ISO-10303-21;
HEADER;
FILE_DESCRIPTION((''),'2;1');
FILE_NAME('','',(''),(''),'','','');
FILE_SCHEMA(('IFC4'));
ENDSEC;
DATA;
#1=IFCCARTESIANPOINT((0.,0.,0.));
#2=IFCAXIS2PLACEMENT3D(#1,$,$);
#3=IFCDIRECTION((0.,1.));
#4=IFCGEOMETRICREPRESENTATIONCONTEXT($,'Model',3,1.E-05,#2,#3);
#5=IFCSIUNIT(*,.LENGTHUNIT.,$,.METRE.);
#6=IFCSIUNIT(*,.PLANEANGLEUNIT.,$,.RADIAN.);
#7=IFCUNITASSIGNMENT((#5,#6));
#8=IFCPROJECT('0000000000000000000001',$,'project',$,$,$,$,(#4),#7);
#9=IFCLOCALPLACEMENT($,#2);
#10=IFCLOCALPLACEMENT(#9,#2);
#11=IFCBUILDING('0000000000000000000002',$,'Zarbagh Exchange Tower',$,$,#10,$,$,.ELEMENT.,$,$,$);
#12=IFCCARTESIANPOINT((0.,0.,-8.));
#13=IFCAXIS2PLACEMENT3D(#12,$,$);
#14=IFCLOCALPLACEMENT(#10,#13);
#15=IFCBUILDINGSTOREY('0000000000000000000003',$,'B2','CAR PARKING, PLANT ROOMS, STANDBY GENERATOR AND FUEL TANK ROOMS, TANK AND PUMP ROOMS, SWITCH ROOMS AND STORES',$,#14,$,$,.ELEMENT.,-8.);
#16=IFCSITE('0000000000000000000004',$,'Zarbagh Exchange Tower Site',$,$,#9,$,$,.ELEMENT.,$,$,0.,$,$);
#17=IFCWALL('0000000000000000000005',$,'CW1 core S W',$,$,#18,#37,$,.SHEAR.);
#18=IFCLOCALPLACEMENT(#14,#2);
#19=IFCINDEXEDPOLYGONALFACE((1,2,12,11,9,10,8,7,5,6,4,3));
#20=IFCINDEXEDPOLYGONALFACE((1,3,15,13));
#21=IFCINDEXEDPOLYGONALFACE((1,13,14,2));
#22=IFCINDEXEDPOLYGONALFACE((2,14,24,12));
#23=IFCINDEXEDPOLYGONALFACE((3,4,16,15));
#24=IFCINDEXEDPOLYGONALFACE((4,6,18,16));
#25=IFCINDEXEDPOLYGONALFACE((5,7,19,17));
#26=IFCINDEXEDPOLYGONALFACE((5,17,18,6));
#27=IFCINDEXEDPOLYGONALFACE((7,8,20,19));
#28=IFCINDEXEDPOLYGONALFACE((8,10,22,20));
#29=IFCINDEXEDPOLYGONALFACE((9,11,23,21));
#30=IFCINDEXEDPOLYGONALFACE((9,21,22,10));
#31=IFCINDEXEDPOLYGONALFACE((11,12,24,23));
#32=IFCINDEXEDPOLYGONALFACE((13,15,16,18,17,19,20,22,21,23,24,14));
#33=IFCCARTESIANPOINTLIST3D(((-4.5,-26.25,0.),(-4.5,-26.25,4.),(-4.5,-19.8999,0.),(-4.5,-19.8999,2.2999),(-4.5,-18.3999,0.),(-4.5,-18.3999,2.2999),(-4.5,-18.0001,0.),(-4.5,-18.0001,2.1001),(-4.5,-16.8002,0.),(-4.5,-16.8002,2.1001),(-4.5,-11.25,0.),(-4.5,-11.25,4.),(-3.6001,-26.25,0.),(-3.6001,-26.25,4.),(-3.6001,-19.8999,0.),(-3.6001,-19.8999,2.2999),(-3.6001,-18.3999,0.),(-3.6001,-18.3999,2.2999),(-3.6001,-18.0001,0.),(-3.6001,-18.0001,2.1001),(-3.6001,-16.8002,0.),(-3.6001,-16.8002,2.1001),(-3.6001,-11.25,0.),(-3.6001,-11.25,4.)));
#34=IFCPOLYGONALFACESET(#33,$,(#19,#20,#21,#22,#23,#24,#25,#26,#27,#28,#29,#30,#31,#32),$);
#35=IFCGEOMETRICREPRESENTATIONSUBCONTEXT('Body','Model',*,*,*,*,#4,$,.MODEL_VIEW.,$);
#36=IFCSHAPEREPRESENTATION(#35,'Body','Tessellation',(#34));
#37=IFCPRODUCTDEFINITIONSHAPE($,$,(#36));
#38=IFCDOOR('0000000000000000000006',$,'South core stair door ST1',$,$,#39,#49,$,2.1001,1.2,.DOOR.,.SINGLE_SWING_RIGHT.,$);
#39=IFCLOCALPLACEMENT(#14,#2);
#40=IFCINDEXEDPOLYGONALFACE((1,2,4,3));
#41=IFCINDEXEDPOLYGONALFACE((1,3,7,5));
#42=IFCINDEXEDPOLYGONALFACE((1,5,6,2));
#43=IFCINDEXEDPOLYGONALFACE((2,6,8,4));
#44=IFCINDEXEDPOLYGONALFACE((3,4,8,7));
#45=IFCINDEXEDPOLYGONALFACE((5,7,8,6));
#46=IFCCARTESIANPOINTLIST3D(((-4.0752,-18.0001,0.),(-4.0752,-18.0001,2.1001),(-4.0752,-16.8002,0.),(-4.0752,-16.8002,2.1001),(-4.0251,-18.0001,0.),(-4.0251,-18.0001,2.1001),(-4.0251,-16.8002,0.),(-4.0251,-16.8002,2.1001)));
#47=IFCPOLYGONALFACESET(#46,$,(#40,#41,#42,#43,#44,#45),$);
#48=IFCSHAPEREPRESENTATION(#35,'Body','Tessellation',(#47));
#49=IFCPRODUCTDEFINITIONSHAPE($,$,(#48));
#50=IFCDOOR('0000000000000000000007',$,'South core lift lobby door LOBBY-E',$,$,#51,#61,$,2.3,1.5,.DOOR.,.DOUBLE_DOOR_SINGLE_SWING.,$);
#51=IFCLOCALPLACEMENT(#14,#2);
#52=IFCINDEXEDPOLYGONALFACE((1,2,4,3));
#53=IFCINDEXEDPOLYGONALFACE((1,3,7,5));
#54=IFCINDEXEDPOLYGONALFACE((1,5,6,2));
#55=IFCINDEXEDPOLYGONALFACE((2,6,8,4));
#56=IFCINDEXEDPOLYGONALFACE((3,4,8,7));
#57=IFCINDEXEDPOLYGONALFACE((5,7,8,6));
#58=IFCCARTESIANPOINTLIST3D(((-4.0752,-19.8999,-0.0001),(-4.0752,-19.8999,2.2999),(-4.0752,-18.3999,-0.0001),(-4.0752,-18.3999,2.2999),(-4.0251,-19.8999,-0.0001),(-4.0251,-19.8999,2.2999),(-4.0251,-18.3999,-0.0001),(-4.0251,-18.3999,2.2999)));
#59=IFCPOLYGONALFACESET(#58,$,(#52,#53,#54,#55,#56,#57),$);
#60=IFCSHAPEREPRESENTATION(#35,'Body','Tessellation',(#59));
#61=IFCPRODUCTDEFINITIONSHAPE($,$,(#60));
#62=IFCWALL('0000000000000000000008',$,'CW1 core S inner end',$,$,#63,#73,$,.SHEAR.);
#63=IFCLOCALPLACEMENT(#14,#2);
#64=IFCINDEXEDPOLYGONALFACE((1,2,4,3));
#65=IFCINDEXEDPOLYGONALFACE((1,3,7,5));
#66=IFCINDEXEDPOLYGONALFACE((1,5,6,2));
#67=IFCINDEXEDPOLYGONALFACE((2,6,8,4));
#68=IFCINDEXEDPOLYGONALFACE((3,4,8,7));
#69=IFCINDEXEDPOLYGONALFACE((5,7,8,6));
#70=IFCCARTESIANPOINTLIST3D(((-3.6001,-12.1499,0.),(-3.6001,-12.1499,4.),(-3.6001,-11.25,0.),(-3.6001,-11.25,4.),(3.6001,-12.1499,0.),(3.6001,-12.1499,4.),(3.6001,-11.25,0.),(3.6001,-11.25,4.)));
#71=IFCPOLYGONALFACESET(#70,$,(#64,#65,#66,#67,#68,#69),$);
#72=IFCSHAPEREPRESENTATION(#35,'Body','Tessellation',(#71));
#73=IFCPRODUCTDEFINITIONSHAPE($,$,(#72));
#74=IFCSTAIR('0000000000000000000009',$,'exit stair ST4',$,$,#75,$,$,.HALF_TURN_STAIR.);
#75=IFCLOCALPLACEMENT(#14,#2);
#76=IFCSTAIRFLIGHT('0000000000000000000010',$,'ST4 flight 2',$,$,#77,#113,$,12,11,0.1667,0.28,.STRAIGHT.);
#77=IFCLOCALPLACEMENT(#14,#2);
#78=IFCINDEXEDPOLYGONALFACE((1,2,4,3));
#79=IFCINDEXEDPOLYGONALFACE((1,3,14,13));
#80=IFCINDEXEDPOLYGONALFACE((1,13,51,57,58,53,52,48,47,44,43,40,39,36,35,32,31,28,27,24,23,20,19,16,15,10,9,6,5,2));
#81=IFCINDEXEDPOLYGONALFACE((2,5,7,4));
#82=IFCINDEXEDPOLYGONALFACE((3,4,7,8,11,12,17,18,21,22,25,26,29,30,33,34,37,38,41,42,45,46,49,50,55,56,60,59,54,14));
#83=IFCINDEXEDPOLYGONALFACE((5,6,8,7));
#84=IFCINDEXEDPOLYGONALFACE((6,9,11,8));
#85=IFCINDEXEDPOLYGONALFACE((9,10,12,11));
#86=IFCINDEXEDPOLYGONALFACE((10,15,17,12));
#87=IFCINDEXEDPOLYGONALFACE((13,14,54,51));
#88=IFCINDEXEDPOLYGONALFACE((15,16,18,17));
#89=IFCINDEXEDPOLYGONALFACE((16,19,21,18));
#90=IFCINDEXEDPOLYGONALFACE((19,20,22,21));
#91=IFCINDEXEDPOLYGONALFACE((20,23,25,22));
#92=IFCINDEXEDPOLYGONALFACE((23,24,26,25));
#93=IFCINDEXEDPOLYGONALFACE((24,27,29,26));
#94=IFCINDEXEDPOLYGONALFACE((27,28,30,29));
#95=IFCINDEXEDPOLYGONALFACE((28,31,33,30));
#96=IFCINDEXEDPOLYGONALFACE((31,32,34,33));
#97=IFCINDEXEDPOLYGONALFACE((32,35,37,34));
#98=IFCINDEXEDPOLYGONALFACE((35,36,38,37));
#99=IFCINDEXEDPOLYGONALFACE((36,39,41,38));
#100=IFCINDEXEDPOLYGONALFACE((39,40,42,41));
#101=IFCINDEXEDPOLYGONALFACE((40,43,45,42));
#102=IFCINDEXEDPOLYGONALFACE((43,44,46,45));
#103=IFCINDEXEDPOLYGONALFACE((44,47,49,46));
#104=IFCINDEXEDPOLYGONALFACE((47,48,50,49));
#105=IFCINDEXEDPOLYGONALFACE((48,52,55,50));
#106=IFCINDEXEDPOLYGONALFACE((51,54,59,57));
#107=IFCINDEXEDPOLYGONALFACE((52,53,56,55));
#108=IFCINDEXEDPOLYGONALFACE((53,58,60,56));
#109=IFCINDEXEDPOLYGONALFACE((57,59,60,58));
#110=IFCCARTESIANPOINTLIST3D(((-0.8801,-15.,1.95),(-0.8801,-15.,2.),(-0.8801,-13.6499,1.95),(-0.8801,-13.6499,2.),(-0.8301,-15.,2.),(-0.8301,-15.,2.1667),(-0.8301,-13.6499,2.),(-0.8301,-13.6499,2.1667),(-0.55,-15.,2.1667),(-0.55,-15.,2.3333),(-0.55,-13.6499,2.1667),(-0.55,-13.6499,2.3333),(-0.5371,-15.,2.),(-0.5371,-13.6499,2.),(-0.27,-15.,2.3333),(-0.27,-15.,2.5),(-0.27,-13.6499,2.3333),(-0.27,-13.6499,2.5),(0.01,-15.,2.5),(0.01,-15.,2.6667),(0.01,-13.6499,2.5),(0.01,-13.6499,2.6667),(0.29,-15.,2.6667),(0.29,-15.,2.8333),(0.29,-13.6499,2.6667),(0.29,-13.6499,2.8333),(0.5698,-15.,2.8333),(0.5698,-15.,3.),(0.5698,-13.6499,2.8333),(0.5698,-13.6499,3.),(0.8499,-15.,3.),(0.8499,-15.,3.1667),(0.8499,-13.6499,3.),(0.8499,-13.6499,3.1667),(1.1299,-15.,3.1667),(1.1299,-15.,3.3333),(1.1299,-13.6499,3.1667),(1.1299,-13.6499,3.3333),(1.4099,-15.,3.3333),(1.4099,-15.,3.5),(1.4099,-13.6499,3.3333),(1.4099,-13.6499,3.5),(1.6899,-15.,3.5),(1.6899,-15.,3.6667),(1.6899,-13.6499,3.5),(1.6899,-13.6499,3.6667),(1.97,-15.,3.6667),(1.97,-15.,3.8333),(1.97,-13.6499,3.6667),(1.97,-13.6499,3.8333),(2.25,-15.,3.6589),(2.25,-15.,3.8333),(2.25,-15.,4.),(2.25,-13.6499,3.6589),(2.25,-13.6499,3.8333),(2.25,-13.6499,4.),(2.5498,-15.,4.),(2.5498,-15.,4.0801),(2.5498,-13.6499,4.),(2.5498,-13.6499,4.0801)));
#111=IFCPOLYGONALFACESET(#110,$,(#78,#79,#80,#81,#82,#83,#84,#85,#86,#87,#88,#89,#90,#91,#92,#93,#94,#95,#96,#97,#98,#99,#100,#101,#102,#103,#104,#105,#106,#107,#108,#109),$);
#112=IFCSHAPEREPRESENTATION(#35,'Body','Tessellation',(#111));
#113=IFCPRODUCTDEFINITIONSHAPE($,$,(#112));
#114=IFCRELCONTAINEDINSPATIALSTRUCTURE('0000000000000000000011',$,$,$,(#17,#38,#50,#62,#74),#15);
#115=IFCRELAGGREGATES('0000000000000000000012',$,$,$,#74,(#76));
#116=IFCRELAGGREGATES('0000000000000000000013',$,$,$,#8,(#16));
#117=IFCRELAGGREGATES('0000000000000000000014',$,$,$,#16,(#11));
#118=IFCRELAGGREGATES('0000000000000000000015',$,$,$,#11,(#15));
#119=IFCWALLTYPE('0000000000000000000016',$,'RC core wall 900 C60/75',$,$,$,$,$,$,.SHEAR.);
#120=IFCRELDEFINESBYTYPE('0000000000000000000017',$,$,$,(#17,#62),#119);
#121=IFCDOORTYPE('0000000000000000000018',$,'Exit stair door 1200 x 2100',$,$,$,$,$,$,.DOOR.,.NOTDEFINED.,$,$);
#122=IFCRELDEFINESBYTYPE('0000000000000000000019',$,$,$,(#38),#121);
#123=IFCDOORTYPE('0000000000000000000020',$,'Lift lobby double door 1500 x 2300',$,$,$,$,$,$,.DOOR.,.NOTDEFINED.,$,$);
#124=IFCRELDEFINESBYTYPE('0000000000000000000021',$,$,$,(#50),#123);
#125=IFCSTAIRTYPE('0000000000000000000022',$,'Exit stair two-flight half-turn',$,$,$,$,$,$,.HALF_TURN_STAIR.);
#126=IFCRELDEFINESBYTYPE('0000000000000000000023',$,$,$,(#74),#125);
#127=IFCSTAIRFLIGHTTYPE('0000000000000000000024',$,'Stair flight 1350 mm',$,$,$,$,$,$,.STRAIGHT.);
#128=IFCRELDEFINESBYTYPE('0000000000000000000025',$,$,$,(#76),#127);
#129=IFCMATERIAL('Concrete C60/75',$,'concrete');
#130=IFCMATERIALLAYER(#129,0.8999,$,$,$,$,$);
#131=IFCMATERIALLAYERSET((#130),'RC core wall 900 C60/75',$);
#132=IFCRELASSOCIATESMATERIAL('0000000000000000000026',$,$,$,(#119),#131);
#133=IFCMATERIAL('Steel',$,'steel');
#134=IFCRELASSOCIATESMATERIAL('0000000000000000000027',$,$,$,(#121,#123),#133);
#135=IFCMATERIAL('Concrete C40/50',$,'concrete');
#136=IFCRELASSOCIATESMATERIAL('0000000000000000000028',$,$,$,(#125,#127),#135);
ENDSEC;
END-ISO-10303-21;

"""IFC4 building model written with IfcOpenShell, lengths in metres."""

from ifc_helpers import new_model, si_unit, direction, frame, frame_2d, origin, place, context, subcontext, project, spatial, polyline, rectangle, outline, extrude, material, layer, layer_set, type_object, element, fill, aggregate, save


model = new_model("IFC4")

# Units and contexts
model_context = context("Model", 3, precision=1e-05, world=origin(), true_north=direction((0.0, 1.0)))
body_context = subcontext(model_context, "Body", "Model", "MODEL_VIEW")
ifc_project = project(units=[si_unit("LENGTHUNIT", "METRE"), si_unit("PLANEANGLEUNIT", "RADIAN")], contexts=[model_context])

# Site, building, storey
site_placement = place(None, origin())
site = spatial("IfcSite", under=ifc_project, at=site_placement, Name="Zarbagh Exchange Tower Site", CompositionType="ELEMENT", RefElevation=0.0)
building_placement = place(site_placement, origin())
building = spatial("IfcBuilding", under=site, at=building_placement, Name="Zarbagh Exchange Tower", CompositionType="ELEMENT")
storey_placement = place(building_placement, frame((0.0, 0.0, -8.0)))
storey = spatial("IfcBuildingStorey", under=building, at=storey_placement, Name="B2", Description="CAR PARKING, PLANT ROOMS, STANDBY GENERATOR AND FUEL TANK ROOMS, TANK AND PUMP ROOMS, SWITCH ROOMS AND STORES", CompositionType="ELEMENT", Elevation=-8.0)

# Shared definitions
ifc_material_1 = material(Name="Concrete C40/50", Category="concrete")

# Shared definitions
ifc_material_2 = material(Name="Concrete C60/75", Category="concrete")

# Wall, openings, doors
ifc_layer = layer(ifc_material_2, 0.8999)
ifc_layer_set = layer_set([ifc_layer], Name="RC core wall 900 C60/75")
wall_type = type_object("IfcWallType", Name="RC core wall 900 C60/75", PredefinedType="SHEAR", material=ifc_layer_set)
wall_1_placement = place(storey_placement, frame((-4.05, -11.25, 0.0), z_axis=(0.0, 0.0, 1.0), x_axis=(0.0, -1.0, 0.0)))
wall_1 = element("IfcWall", 1, at=wall_1_placement, inside=storey, type_object=wall_type, Name="CW1 core S W", PredefinedType="SHEAR", context=body_context, shape_type="SweptSolid", body=[
    extrude(rectangle(XDim=15.0, YDim=0.8999, at=frame_2d((7.5, 0.0))), origin(), (0.0, 0.0, 1.0), 4.0),
])
opening_1_placement = place(wall_1_placement, frame((7.1499, 0.0, 0.0)))
opening_1 = element("IfcOpeningElement", 2, at=opening_1_placement, cuts=wall_1, PredefinedType="OPENING", context=body_context, shape_type="SweptSolid", body=[
    extrude(rectangle(XDim=1.5, YDim=2.3, at=frame_2d((0.75, 1.1499))), frame((0.0, 0.46, 0.0), z_axis=(0.0, -1.0, 0.0), x_axis=(1.0, 0.0, 0.0)), (0.0, 0.0, 1.0), 0.9199),
])
opening_2_placement = place(wall_1_placement, frame((5.55, 0.0, 0.0)))
opening_2 = element("IfcOpeningElement", 3, at=opening_2_placement, cuts=wall_1, PredefinedType="OPENING", context=body_context, shape_type="SweptSolid", body=[
    extrude(rectangle(XDim=1.2, YDim=2.1001, at=frame_2d((0.6001, 1.05))), frame((0.0, 0.46, 0.0), z_axis=(0.0, -1.0, 0.0), x_axis=(1.0, 0.0, 0.0)), (0.0, 0.0, 1.0), 0.9199),
])
ifc_material_3 = material(Name="Steel", Category="steel")
door_type_1 = type_object("IfcDoorType", Name="Exit stair door 1200 x 2100", OperationType="NOTDEFINED", PredefinedType="DOOR", material=ifc_material_3)
door_1_placement = place(opening_2_placement, origin())
door_1 = element("IfcDoor", 4, at=door_1_placement, inside=storey, type_object=door_type_1, Name="South core stair door ST1", OperationType="SINGLE_SWING_RIGHT", OverallHeight=2.1001, OverallWidth=1.2, PredefinedType="DOOR", context=body_context, shape_type="SweptSolid", body=[
    extrude(rectangle(XDim=1.2, YDim=2.1001, at=frame_2d((0.6001, 1.05))), frame((0.0, 0.0249, 0.0), z_axis=(0.0, -1.0, 0.0), x_axis=(1.0, 0.0, 0.0)), (0.0, 0.0, 1.0), 0.05),
])
fill(opening_2, door_1)
door_type_2 = type_object("IfcDoorType", Name="Lift lobby double door 1500 x 2300", OperationType="NOTDEFINED", PredefinedType="DOOR", material=ifc_material_3)
door_2_placement = place(opening_1_placement, origin())
door_2 = element("IfcDoor", 5, at=door_2_placement, inside=storey, type_object=door_type_2, Name="South core lift lobby door LOBBY-E", OperationType="DOUBLE_DOOR_SINGLE_SWING", OverallHeight=2.3, OverallWidth=1.5, PredefinedType="DOOR", context=body_context, shape_type="SweptSolid", body=[
    extrude(rectangle(XDim=1.5, YDim=2.3, at=frame_2d((0.75, 1.1499))), frame((0.0, 0.0249, 0.0), z_axis=(0.0, -1.0, 0.0), x_axis=(1.0, 0.0, 0.0)), (0.0, 0.0, 1.0), 0.05),
])
fill(opening_1, door_2)

# Wall
wall_2_placement = place(storey_placement, frame((-3.6001, -11.7, 0.0), z_axis=(0.0, 0.0, 1.0), x_axis=(1.0, 0.0, 0.0)))
element("IfcWall", 6, at=wall_2_placement, inside=storey, type_object=wall_type, Name="CW1 core S inner end", PredefinedType="SHEAR", context=body_context, shape_type="SweptSolid", body=[
    extrude(rectangle(XDim=7.2002, YDim=0.8999, at=frame_2d((3.6001, 0.0))), origin(), (0.0, 0.0, 1.0), 4.0),
])

# Stair, stair flight
stair_type = type_object("IfcStairType", Name="Exit stair two-flight half-turn", PredefinedType="HALF_TURN_STAIR", material=ifc_material_1)
stair_placement = place(storey_placement, origin())
stair = element("IfcStair", 7, at=stair_placement, inside=storey, type_object=stair_type, Name="exit stair ST4", PredefinedType="HALF_TURN_STAIR")
stair_flight_type = type_object("IfcStairFlightType", Name="Stair flight 1350 mm", PredefinedType="STRAIGHT", material=ifc_material_1)
stair_flight_placement = place(storey_placement, frame((-0.8301, -14.325, 2.0), z_axis=(0.0, 0.0, 1.0), x_axis=(1.0, 0.0, 0.0)))
stair_flight = element("IfcStairFlight", 8, at=stair_flight_placement, type_object=stair_flight_type, Name="ST4 flight 2", NumberOfRisers=12, NumberOfTreads=11, PredefinedType="STRAIGHT", RiserHeight=0.1667, TreadLength=0.28, context=body_context, shape_type="SweptSolid", body=[
    extrude(outline(polyline([(-0.05, -0.05), (-0.05, 0.0), (0.0, 0.0), (0.0, 0.1667), (0.28, 0.1667), (0.28, 0.3333), (0.5601, 0.3333), (0.5601, 0.5), (0.8401, 0.5), (0.8401, 0.6667), (1.1201, 0.6667), (1.1201, 0.8333), (1.3999, 0.8333), (1.3999, 1.0), (1.6799, 1.0), (1.6799, 1.1667), (1.96, 1.1667), (1.96, 1.3333), (2.24, 1.3333), (2.24, 1.5), (2.52, 1.5), (2.52, 1.6667), (2.8, 1.6667), (2.8, 1.8333), (3.0801, 1.8333), (3.0801, 2.0), (3.3799, 2.0801), (3.3799, 2.0), (3.0801, 1.6589), (0.293, 0.0), (-0.05, -0.05)])), frame((0.0, 0.675, 0.0), z_axis=(0.0, -1.0, 0.0), x_axis=(1.0, 0.0, 0.0)), (0.0, 0.0, 1.0), 1.3501),
])
aggregate(stair, [stair_flight])

save(model, "model.ifc")
